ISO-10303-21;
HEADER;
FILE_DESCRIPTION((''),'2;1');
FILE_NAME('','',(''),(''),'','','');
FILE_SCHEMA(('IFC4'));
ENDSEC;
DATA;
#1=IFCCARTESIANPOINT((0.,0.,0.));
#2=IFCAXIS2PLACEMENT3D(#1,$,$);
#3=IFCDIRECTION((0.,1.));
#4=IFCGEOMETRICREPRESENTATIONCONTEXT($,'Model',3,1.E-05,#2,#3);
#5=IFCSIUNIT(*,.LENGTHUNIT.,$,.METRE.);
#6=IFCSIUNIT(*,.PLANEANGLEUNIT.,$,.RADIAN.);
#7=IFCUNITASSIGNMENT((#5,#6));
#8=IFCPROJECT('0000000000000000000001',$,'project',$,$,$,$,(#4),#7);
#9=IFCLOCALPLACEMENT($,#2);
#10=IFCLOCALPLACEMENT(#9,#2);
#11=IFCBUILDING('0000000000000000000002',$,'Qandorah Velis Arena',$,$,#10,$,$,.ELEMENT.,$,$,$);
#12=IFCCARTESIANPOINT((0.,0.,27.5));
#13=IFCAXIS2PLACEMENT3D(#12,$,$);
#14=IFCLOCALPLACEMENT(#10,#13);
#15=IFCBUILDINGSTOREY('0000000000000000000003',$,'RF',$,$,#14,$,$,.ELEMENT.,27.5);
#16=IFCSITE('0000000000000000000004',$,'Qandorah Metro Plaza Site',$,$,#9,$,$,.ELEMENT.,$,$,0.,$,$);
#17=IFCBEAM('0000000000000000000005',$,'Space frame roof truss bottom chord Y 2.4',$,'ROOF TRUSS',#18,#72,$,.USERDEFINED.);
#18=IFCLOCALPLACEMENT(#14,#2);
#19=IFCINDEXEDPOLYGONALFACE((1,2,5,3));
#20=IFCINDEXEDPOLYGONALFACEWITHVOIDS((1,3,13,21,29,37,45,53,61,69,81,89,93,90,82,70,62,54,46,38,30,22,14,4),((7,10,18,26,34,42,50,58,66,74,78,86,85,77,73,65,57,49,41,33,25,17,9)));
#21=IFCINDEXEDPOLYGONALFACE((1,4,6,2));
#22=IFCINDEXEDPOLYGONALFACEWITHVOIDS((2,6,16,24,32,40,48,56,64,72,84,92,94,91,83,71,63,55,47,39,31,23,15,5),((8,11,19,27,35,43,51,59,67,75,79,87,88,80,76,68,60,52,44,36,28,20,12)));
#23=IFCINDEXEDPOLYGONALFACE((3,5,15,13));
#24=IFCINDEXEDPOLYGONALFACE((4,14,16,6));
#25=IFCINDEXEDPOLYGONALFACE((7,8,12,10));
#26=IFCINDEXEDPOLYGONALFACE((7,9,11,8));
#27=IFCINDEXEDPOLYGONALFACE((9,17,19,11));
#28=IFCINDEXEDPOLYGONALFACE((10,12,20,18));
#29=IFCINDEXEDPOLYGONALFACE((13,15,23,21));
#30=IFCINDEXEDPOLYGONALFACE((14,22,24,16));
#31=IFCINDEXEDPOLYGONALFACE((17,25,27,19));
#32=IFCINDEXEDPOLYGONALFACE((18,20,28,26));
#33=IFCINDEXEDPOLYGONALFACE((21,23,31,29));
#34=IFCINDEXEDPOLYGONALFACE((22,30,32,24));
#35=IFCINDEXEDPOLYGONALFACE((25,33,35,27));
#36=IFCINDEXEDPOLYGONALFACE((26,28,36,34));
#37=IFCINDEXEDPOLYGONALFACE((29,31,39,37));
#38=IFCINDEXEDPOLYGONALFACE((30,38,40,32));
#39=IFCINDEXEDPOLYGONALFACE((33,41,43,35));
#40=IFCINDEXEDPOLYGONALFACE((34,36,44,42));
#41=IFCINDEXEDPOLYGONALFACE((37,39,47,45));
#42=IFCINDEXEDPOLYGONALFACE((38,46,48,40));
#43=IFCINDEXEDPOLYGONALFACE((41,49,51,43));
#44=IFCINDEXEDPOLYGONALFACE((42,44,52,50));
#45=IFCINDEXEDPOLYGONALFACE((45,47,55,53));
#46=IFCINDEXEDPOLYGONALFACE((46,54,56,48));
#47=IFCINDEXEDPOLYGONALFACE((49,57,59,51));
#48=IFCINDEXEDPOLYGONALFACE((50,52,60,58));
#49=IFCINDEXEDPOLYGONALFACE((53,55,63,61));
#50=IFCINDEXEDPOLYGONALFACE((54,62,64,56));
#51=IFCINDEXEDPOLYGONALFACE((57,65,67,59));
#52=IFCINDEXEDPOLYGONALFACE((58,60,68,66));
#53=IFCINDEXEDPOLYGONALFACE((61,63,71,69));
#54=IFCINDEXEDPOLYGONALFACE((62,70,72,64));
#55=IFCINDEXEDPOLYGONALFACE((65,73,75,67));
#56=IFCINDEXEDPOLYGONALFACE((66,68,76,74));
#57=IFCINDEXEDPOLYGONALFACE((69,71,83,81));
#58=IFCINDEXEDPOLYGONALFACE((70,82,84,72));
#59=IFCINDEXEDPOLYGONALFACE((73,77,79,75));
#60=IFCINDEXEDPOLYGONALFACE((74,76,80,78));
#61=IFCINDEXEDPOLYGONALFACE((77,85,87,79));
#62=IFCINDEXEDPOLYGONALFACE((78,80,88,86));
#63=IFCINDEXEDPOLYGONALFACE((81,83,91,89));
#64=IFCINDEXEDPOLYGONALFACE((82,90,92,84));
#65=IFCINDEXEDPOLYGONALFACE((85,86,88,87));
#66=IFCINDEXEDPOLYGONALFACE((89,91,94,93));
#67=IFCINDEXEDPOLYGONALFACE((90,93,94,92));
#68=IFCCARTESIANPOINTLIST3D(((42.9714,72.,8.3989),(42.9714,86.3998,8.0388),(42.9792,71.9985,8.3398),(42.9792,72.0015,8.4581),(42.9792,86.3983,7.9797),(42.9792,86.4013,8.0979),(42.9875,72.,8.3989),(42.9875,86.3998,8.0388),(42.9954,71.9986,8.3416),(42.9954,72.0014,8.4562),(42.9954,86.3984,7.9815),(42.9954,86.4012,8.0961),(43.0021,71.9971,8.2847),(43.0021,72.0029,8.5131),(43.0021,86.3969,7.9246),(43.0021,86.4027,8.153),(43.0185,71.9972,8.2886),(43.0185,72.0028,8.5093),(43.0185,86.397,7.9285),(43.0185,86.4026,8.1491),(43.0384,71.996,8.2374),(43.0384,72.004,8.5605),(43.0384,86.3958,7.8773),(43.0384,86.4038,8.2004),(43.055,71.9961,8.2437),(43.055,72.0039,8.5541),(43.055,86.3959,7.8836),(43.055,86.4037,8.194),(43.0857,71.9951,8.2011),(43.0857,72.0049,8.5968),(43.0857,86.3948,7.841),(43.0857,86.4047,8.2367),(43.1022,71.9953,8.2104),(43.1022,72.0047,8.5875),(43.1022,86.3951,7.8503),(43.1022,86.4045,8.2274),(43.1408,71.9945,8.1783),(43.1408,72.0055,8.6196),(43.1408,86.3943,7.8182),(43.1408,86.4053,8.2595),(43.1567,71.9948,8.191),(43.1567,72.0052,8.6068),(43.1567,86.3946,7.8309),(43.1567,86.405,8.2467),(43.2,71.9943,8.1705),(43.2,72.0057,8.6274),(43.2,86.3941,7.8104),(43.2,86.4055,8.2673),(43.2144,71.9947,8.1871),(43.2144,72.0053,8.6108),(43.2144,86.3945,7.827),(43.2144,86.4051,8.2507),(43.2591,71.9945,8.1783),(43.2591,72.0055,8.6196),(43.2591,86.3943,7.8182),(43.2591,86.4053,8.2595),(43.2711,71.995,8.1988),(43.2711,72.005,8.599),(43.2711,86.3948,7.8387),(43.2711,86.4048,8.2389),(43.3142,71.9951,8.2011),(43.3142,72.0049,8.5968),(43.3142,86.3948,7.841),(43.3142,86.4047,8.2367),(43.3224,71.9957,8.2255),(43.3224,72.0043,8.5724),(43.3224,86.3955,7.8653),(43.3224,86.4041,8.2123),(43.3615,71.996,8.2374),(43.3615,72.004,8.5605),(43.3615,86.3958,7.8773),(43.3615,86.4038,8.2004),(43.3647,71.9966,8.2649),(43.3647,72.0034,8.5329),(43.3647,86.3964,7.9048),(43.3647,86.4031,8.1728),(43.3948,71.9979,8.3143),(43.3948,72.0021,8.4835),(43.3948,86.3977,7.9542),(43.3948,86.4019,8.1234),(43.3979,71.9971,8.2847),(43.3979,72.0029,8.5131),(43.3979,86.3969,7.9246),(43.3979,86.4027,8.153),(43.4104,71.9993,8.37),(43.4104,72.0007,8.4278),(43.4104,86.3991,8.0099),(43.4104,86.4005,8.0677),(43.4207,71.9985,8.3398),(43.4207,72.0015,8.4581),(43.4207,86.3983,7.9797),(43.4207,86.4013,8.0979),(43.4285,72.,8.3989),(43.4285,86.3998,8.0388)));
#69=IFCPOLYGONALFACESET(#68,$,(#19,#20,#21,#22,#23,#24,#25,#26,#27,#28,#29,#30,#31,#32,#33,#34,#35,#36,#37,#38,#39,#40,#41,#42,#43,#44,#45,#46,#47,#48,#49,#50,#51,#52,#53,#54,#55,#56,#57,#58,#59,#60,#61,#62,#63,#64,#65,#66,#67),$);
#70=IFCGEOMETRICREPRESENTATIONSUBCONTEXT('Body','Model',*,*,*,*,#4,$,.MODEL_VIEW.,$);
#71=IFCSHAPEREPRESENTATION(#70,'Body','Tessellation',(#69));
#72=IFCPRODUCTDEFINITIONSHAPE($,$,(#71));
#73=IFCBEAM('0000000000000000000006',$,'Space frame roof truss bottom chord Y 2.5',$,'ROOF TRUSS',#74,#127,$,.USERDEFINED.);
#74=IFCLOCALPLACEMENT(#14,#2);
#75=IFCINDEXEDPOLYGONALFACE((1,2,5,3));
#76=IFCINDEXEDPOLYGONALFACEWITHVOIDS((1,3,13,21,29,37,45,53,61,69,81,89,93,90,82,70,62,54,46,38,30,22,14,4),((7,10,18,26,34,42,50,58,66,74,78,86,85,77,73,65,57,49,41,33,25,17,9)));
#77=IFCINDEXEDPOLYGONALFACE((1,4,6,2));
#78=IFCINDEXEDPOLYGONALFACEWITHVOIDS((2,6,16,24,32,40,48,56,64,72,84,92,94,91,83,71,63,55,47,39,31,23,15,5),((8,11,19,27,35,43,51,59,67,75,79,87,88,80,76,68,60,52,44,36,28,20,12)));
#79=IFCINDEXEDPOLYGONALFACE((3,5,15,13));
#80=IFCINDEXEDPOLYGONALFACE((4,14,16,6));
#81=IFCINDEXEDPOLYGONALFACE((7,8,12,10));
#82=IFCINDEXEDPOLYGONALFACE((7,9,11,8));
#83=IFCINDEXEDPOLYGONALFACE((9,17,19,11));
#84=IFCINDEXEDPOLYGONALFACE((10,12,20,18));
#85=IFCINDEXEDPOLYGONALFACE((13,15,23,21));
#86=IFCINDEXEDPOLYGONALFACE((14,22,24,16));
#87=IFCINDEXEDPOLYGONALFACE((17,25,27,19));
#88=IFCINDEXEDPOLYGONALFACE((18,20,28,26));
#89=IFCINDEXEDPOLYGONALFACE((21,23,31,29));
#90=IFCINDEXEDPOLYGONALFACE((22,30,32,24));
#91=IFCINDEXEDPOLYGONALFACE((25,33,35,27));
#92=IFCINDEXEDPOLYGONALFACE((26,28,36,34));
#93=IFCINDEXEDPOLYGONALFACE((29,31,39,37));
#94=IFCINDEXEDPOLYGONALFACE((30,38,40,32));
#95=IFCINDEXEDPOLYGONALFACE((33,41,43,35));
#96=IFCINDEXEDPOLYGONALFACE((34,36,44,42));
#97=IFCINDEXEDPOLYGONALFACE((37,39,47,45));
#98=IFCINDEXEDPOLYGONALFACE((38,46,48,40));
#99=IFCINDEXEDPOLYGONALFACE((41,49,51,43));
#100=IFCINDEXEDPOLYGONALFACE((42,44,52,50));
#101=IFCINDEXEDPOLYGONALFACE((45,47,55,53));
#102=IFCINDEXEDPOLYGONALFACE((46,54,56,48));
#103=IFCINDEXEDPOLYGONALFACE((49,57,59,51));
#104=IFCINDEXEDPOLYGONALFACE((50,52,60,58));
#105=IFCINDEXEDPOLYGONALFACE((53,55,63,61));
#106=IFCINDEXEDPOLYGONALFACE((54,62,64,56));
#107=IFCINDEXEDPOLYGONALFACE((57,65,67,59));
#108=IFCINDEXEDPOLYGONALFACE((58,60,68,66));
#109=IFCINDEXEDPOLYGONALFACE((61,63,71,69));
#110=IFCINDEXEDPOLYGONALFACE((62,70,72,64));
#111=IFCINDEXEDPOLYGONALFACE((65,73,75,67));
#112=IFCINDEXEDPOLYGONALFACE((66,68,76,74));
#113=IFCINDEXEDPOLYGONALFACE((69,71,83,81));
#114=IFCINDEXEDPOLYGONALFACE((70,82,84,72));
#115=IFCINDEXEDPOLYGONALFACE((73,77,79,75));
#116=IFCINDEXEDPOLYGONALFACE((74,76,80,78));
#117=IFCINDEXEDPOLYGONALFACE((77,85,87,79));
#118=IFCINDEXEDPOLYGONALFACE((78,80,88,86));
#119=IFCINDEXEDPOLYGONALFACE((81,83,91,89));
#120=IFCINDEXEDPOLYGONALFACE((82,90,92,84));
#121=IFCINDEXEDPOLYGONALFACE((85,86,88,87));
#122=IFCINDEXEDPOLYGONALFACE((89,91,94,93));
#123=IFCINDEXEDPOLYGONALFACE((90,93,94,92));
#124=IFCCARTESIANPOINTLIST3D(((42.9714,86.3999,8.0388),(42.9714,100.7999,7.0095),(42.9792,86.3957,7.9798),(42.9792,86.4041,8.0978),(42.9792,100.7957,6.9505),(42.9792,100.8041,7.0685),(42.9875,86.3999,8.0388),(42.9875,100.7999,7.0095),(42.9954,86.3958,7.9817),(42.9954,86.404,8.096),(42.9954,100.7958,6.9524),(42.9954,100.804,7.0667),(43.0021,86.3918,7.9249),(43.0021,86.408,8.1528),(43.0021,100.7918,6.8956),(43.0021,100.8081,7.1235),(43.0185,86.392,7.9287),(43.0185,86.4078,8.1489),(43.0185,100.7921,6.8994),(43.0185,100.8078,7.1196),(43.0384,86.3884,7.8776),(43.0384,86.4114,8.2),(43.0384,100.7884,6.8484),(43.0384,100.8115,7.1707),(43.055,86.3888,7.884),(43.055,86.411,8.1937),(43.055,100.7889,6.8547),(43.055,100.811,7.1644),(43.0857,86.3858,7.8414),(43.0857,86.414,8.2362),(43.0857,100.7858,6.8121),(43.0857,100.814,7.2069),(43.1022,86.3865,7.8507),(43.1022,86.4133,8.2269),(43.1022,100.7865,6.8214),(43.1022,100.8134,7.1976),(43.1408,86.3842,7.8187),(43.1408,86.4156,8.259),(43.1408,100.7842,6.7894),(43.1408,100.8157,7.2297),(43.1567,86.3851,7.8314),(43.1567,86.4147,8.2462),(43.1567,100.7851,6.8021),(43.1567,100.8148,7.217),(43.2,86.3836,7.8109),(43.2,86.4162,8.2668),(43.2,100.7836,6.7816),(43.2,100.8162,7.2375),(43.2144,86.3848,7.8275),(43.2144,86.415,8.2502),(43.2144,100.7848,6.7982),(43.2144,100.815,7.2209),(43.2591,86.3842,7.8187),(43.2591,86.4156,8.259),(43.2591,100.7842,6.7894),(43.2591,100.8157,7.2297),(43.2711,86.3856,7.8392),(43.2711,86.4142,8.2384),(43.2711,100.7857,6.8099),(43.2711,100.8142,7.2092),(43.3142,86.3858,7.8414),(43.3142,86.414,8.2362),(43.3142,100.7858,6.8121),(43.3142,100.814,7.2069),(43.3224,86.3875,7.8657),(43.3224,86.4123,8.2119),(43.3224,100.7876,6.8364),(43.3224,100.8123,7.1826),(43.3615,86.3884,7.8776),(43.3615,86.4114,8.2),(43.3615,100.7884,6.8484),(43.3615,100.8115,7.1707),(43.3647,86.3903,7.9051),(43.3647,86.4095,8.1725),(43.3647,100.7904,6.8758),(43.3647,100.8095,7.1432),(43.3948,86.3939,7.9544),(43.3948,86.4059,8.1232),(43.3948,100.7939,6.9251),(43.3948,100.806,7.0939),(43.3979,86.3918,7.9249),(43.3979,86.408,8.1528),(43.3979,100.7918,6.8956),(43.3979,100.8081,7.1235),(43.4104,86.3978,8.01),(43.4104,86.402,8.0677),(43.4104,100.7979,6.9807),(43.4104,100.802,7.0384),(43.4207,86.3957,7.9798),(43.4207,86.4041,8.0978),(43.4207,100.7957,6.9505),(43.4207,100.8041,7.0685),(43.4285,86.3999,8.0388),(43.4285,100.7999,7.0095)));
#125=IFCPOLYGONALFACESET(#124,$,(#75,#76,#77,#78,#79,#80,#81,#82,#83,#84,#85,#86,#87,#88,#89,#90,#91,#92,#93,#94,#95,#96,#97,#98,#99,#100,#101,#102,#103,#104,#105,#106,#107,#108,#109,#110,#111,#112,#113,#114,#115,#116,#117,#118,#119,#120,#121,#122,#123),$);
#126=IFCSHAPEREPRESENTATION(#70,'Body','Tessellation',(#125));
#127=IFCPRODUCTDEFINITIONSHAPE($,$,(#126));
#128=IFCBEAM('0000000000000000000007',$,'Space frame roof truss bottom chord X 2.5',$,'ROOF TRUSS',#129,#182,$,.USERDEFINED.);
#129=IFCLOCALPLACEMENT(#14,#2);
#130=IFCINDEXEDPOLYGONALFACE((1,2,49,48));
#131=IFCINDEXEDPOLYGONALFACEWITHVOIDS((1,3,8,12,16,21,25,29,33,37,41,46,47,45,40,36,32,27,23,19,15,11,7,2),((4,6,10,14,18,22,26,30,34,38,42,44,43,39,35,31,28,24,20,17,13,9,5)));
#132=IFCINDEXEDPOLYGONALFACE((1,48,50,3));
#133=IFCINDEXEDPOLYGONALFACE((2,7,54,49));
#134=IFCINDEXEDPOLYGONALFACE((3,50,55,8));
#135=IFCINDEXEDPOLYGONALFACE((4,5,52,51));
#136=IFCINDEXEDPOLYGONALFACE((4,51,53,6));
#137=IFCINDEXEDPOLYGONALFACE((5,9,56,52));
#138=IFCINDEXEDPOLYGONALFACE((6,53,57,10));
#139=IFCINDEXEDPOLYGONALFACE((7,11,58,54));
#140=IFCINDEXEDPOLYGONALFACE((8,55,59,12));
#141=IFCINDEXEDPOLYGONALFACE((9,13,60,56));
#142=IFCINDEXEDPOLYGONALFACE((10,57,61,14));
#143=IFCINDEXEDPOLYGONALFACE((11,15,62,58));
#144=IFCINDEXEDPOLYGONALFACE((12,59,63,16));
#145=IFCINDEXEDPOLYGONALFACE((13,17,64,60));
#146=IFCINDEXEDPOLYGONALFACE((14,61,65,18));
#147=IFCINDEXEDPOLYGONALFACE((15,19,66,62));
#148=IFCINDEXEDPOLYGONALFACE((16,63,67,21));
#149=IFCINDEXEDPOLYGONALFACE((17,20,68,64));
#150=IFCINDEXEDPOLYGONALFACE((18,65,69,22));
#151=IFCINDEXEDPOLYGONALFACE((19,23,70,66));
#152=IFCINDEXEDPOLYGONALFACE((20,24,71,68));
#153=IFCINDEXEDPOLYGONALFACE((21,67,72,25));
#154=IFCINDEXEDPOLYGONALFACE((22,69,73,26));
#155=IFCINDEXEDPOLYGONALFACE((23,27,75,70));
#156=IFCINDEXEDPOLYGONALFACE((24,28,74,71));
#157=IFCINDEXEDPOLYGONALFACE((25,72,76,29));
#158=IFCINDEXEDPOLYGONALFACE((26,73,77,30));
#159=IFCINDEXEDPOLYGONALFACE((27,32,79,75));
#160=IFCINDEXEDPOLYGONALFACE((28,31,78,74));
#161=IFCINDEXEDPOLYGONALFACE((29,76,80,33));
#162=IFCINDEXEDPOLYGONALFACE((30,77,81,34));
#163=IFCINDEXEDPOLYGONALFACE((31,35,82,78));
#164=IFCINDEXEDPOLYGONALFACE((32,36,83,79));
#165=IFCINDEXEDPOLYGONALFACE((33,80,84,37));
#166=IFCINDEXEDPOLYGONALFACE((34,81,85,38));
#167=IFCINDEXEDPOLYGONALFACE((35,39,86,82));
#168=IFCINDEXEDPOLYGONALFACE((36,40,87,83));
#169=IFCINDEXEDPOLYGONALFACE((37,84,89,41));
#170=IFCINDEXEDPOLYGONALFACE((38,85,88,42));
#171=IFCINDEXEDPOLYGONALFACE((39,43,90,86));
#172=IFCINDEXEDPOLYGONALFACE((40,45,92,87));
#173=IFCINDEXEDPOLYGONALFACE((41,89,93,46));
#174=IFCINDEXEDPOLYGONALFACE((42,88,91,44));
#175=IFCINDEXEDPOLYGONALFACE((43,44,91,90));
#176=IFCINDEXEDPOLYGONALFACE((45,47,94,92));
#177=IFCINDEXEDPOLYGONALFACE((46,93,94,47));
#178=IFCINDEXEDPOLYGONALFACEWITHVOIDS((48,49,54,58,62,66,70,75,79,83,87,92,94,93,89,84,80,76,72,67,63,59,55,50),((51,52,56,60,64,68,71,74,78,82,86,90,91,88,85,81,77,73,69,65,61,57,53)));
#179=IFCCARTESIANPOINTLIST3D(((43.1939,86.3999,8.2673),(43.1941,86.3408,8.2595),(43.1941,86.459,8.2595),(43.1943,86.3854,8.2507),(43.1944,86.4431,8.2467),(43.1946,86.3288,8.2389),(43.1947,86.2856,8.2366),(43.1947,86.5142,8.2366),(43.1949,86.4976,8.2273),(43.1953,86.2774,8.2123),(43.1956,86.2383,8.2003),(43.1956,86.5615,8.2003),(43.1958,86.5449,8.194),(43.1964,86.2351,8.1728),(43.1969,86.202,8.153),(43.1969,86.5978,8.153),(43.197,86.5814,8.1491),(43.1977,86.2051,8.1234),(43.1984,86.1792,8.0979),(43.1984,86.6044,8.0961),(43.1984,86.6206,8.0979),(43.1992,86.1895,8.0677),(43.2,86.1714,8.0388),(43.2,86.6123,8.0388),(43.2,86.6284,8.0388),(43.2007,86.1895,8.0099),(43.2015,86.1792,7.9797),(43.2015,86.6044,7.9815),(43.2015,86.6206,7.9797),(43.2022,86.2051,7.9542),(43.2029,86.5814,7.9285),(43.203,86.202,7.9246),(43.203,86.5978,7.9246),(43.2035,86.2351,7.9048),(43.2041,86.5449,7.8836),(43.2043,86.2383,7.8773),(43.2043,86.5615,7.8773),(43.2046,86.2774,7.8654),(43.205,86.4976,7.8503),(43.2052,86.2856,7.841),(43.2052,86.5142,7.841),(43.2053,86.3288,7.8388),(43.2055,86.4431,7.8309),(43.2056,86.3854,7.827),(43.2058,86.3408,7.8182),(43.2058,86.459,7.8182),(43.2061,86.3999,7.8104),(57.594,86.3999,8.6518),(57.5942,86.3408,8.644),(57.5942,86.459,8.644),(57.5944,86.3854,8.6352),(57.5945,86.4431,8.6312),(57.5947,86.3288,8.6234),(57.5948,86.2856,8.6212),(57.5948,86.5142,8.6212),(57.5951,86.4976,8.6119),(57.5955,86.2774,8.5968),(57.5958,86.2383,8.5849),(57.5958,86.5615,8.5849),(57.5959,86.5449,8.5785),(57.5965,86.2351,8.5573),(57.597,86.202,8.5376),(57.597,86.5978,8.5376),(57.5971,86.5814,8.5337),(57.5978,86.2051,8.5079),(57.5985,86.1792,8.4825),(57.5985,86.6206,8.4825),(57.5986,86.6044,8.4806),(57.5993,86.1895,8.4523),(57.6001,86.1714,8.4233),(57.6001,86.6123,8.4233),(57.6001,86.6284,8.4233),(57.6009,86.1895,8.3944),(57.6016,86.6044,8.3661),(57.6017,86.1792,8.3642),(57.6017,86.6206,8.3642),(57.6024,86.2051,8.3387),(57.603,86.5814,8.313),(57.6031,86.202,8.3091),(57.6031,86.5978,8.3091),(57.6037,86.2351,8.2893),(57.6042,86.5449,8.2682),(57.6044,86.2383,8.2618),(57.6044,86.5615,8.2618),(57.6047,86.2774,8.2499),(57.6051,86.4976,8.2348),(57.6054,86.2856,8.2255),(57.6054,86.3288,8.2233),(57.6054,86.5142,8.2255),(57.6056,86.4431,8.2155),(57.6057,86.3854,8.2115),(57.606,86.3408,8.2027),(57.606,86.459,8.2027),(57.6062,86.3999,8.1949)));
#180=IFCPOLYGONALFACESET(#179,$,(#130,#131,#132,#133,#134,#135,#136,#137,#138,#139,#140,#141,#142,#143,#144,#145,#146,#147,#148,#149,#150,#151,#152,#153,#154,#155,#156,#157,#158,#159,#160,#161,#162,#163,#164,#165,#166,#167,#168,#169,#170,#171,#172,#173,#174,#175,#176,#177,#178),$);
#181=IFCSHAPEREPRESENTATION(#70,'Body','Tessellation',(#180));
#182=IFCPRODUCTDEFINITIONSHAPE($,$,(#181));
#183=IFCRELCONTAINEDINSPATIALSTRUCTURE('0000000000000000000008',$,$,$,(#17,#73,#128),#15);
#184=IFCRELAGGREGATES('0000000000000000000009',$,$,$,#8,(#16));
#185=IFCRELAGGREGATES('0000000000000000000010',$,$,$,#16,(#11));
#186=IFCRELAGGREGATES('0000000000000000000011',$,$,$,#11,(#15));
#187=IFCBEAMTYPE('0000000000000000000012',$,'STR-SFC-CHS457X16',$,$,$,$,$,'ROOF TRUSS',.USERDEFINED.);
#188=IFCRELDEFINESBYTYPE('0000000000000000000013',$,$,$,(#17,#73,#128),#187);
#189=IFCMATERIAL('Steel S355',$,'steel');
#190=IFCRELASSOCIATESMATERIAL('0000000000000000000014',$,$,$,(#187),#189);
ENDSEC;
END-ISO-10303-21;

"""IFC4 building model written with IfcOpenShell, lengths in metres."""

from ifc_helpers import new_model, si_unit, direction, frame, origin, origin_2d, place, context, subcontext, project, spatial, hollow_circle, extrude, material, material_profile, profile_set, type_object, element, save


model = new_model("IFC4")

# Units and contexts
model_context = context("Model", 3, precision=1e-05, world=origin(), true_north=direction((0.0, 1.0)))
body_context = subcontext(model_context, "Body", "Model", "MODEL_VIEW")
ifc_project = project(units=[si_unit("LENGTHUNIT", "METRE"), si_unit("PLANEANGLEUNIT", "RADIAN")], contexts=[model_context])

# Site, building, storey
site_placement = place(None, origin())
site = spatial("IfcSite", under=ifc_project, at=site_placement, Name="Qandorah Metro Plaza Site", CompositionType="ELEMENT", RefElevation=0.0)
building_placement = place(site_placement, origin())
building = spatial("IfcBuilding", under=site, at=building_placement, Name="Qandorah Velis Arena", CompositionType="ELEMENT")
storey_placement = place(building_placement, frame((0.0, 0.0, 27.5)))
storey = spatial("IfcBuildingStorey", under=building, at=storey_placement, Name="RF", CompositionType="ELEMENT", Elevation=27.5)

# Shared definitions
ifc_material_1 = material(Name="Steel S355", Category="steel")

# Beams
ifc_material_profile_1 = material_profile(ifc_material_1, hollow_circle(Radius=0.2285, WallThickness=0.0161, at=origin_2d()), Name="CHS 457x16")
ifc_profile_set_1 = profile_set([ifc_material_profile_1], Name="Steel S355")
beam_type_1 = type_object("IfcBeamType", Name="STR-SFC-CHS457X16", ElementType="ROOF TRUSS", PredefinedType="USERDEFINED", material=ifc_profile_set_1)
beam_1_placement = place(storey_placement, frame((43.2, 72.0, 8.3989), z_axis=(0.0, 0.999687, -0.025), x_axis=(-1.0, 0.0, 0.0)))
element("IfcBeam", 1, at=beam_1_placement, inside=storey, type_object=beam_type_1, Name="Space frame roof truss bottom chord Y 2.4", ObjectType="ROOF TRUSS", PredefinedType="USERDEFINED", context=body_context, shape_type="SweptSolid", body=[
    extrude(hollow_circle(Radius=0.2285, WallThickness=0.0161, at=origin_2d()), origin(), (0.0, 0.0, 1.0), 14.4043),
])
beam_2_placement = place(storey_placement, frame((43.2, 86.3999, 8.0388), z_axis=(0.0, 0.997455, -0.071296), x_axis=(-1.0, 0.0, 0.0)))
element("IfcBeam", 2, at=beam_2_placement, inside=storey, type_object=beam_type_1, Name="Space frame roof truss bottom chord Y 2.5", ObjectType="ROOF TRUSS", PredefinedType="USERDEFINED", context=body_context, shape_type="SweptSolid", body=[
    extrude(hollow_circle(Radius=0.2285, WallThickness=0.0161, at=origin_2d()), origin(), (0.0, 0.0, 1.0), 14.4368),
])
beam_3_placement = place(storey_placement, frame((43.2, 86.3999, 8.0388), z_axis=(0.999644, 0.0, 0.026693), x_axis=(0.0, 1.0, 0.0)))
element("IfcBeam", 3, at=beam_3_placement, inside=storey, type_object=beam_type_1, Name="Space frame roof truss bottom chord X 2.5", ObjectType="ROOF TRUSS", PredefinedType="USERDEFINED", context=body_context, shape_type="SweptSolid", body=[
    extrude(hollow_circle(Radius=0.2285, WallThickness=0.0161, at=origin_2d()), origin(), (0.0, 0.0, 1.0), 14.4053),
])

save(model, "model.ifc")
